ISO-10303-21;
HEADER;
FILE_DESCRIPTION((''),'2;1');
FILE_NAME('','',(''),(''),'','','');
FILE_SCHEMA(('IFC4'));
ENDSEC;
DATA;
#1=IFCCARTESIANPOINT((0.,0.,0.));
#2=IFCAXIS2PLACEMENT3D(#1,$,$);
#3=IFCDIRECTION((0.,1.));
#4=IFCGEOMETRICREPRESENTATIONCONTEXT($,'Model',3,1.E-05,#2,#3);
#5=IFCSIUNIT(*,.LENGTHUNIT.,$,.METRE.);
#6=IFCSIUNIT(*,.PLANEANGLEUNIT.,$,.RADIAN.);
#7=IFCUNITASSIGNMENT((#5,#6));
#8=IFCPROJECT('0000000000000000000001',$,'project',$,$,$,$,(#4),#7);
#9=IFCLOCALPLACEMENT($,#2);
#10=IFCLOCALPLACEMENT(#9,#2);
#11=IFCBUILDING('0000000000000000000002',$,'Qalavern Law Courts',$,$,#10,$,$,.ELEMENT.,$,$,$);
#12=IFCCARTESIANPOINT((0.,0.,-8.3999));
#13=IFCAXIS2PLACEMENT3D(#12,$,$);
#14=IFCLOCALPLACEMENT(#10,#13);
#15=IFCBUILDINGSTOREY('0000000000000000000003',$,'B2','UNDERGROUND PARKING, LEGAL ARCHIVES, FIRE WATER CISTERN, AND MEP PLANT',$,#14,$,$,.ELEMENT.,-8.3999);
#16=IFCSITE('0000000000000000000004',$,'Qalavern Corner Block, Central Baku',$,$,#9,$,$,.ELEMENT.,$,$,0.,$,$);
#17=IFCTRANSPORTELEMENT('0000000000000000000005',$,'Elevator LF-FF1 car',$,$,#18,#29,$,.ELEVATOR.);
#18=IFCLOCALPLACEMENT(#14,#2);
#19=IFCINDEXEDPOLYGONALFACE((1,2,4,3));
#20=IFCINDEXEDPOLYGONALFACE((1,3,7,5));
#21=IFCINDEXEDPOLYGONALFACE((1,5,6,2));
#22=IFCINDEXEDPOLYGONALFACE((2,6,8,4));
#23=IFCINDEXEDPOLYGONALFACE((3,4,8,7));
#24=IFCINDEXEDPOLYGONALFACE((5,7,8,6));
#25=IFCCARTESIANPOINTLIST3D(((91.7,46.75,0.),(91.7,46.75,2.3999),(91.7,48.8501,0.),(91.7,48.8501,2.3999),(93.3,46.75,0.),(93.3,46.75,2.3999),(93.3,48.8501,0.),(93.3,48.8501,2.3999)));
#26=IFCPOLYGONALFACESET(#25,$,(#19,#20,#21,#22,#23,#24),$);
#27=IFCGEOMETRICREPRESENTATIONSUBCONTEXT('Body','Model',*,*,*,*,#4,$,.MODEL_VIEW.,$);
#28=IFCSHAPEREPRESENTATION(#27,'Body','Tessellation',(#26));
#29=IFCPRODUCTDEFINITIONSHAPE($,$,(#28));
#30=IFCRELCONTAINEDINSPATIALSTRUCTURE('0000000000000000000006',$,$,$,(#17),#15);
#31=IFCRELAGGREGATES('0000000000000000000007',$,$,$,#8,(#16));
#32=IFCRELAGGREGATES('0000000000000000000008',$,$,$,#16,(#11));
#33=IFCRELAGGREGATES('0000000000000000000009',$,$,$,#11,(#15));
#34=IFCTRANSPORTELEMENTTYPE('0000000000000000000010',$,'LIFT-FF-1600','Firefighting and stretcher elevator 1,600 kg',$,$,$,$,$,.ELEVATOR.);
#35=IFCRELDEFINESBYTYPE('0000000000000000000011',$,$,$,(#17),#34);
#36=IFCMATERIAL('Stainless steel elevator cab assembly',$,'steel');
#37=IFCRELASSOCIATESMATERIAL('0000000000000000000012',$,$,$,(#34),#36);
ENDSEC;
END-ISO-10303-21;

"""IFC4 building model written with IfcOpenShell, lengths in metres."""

from ifc_helpers import new_model, si_unit, direction, frame, origin, origin_2d, place, context, subcontext, project, spatial, rectangle, extrude, material, type_object, element, save


model = new_model("IFC4")

# Units and contexts
model_context = context("Model", 3, precision=1e-05, world=origin(), true_north=direction((0.0, 1.0)))
body_context = subcontext(model_context, "Body", "Model", "MODEL_VIEW")
ifc_project = project(units=[si_unit("LENGTHUNIT", "METRE"), si_unit("PLANEANGLEUNIT", "RADIAN")], contexts=[model_context])

# Site, building, storey
site_placement = place(None, origin())
site = spatial("IfcSite", under=ifc_project, at=site_placement, Name="Qalavern Corner Block, Central Baku", CompositionType="ELEMENT", RefElevation=0.0)
building_placement = place(site_placement, origin())
building = spatial("IfcBuilding", under=site, at=building_placement, Name="Qalavern Law Courts", CompositionType="ELEMENT")
storey_placement = place(building_placement, frame((0.0, 0.0, -8.3999)))
storey = spatial("IfcBuildingStorey", under=building, at=storey_placement, Name="B2", Description="UNDERGROUND PARKING, LEGAL ARCHIVES, FIRE WATER CISTERN, AND MEP PLANT", CompositionType="ELEMENT", Elevation=-8.3999)

# Transport element
ifc_material_1 = material(Name="Stainless steel elevator cab assembly", Category="steel")
transport_element_type = type_object("IfcTransportElementType", Name="LIFT-FF-1600", Description="Firefighting and stretcher elevator 1,600 kg", PredefinedType="ELEVATOR", material=ifc_material_1)
transport_element_placement = place(storey_placement, frame((92.5, 47.8, 0.0), z_axis=(0.0, 0.0, 1.0), x_axis=(1.0, 0.0, 0.0)))
element("IfcTransportElement", 1, at=transport_element_placement, inside=storey, type_object=transport_element_type, Name="Elevator LF-FF1 car", PredefinedType="ELEVATOR", context=body_context, shape_type="SweptSolid", body=[
    extrude(rectangle(XDim=1.6001, YDim=2.1001, at=origin_2d()), origin(), (0.0, 0.0, 1.0), 2.3999),
])

save(model, "model.ifc")
